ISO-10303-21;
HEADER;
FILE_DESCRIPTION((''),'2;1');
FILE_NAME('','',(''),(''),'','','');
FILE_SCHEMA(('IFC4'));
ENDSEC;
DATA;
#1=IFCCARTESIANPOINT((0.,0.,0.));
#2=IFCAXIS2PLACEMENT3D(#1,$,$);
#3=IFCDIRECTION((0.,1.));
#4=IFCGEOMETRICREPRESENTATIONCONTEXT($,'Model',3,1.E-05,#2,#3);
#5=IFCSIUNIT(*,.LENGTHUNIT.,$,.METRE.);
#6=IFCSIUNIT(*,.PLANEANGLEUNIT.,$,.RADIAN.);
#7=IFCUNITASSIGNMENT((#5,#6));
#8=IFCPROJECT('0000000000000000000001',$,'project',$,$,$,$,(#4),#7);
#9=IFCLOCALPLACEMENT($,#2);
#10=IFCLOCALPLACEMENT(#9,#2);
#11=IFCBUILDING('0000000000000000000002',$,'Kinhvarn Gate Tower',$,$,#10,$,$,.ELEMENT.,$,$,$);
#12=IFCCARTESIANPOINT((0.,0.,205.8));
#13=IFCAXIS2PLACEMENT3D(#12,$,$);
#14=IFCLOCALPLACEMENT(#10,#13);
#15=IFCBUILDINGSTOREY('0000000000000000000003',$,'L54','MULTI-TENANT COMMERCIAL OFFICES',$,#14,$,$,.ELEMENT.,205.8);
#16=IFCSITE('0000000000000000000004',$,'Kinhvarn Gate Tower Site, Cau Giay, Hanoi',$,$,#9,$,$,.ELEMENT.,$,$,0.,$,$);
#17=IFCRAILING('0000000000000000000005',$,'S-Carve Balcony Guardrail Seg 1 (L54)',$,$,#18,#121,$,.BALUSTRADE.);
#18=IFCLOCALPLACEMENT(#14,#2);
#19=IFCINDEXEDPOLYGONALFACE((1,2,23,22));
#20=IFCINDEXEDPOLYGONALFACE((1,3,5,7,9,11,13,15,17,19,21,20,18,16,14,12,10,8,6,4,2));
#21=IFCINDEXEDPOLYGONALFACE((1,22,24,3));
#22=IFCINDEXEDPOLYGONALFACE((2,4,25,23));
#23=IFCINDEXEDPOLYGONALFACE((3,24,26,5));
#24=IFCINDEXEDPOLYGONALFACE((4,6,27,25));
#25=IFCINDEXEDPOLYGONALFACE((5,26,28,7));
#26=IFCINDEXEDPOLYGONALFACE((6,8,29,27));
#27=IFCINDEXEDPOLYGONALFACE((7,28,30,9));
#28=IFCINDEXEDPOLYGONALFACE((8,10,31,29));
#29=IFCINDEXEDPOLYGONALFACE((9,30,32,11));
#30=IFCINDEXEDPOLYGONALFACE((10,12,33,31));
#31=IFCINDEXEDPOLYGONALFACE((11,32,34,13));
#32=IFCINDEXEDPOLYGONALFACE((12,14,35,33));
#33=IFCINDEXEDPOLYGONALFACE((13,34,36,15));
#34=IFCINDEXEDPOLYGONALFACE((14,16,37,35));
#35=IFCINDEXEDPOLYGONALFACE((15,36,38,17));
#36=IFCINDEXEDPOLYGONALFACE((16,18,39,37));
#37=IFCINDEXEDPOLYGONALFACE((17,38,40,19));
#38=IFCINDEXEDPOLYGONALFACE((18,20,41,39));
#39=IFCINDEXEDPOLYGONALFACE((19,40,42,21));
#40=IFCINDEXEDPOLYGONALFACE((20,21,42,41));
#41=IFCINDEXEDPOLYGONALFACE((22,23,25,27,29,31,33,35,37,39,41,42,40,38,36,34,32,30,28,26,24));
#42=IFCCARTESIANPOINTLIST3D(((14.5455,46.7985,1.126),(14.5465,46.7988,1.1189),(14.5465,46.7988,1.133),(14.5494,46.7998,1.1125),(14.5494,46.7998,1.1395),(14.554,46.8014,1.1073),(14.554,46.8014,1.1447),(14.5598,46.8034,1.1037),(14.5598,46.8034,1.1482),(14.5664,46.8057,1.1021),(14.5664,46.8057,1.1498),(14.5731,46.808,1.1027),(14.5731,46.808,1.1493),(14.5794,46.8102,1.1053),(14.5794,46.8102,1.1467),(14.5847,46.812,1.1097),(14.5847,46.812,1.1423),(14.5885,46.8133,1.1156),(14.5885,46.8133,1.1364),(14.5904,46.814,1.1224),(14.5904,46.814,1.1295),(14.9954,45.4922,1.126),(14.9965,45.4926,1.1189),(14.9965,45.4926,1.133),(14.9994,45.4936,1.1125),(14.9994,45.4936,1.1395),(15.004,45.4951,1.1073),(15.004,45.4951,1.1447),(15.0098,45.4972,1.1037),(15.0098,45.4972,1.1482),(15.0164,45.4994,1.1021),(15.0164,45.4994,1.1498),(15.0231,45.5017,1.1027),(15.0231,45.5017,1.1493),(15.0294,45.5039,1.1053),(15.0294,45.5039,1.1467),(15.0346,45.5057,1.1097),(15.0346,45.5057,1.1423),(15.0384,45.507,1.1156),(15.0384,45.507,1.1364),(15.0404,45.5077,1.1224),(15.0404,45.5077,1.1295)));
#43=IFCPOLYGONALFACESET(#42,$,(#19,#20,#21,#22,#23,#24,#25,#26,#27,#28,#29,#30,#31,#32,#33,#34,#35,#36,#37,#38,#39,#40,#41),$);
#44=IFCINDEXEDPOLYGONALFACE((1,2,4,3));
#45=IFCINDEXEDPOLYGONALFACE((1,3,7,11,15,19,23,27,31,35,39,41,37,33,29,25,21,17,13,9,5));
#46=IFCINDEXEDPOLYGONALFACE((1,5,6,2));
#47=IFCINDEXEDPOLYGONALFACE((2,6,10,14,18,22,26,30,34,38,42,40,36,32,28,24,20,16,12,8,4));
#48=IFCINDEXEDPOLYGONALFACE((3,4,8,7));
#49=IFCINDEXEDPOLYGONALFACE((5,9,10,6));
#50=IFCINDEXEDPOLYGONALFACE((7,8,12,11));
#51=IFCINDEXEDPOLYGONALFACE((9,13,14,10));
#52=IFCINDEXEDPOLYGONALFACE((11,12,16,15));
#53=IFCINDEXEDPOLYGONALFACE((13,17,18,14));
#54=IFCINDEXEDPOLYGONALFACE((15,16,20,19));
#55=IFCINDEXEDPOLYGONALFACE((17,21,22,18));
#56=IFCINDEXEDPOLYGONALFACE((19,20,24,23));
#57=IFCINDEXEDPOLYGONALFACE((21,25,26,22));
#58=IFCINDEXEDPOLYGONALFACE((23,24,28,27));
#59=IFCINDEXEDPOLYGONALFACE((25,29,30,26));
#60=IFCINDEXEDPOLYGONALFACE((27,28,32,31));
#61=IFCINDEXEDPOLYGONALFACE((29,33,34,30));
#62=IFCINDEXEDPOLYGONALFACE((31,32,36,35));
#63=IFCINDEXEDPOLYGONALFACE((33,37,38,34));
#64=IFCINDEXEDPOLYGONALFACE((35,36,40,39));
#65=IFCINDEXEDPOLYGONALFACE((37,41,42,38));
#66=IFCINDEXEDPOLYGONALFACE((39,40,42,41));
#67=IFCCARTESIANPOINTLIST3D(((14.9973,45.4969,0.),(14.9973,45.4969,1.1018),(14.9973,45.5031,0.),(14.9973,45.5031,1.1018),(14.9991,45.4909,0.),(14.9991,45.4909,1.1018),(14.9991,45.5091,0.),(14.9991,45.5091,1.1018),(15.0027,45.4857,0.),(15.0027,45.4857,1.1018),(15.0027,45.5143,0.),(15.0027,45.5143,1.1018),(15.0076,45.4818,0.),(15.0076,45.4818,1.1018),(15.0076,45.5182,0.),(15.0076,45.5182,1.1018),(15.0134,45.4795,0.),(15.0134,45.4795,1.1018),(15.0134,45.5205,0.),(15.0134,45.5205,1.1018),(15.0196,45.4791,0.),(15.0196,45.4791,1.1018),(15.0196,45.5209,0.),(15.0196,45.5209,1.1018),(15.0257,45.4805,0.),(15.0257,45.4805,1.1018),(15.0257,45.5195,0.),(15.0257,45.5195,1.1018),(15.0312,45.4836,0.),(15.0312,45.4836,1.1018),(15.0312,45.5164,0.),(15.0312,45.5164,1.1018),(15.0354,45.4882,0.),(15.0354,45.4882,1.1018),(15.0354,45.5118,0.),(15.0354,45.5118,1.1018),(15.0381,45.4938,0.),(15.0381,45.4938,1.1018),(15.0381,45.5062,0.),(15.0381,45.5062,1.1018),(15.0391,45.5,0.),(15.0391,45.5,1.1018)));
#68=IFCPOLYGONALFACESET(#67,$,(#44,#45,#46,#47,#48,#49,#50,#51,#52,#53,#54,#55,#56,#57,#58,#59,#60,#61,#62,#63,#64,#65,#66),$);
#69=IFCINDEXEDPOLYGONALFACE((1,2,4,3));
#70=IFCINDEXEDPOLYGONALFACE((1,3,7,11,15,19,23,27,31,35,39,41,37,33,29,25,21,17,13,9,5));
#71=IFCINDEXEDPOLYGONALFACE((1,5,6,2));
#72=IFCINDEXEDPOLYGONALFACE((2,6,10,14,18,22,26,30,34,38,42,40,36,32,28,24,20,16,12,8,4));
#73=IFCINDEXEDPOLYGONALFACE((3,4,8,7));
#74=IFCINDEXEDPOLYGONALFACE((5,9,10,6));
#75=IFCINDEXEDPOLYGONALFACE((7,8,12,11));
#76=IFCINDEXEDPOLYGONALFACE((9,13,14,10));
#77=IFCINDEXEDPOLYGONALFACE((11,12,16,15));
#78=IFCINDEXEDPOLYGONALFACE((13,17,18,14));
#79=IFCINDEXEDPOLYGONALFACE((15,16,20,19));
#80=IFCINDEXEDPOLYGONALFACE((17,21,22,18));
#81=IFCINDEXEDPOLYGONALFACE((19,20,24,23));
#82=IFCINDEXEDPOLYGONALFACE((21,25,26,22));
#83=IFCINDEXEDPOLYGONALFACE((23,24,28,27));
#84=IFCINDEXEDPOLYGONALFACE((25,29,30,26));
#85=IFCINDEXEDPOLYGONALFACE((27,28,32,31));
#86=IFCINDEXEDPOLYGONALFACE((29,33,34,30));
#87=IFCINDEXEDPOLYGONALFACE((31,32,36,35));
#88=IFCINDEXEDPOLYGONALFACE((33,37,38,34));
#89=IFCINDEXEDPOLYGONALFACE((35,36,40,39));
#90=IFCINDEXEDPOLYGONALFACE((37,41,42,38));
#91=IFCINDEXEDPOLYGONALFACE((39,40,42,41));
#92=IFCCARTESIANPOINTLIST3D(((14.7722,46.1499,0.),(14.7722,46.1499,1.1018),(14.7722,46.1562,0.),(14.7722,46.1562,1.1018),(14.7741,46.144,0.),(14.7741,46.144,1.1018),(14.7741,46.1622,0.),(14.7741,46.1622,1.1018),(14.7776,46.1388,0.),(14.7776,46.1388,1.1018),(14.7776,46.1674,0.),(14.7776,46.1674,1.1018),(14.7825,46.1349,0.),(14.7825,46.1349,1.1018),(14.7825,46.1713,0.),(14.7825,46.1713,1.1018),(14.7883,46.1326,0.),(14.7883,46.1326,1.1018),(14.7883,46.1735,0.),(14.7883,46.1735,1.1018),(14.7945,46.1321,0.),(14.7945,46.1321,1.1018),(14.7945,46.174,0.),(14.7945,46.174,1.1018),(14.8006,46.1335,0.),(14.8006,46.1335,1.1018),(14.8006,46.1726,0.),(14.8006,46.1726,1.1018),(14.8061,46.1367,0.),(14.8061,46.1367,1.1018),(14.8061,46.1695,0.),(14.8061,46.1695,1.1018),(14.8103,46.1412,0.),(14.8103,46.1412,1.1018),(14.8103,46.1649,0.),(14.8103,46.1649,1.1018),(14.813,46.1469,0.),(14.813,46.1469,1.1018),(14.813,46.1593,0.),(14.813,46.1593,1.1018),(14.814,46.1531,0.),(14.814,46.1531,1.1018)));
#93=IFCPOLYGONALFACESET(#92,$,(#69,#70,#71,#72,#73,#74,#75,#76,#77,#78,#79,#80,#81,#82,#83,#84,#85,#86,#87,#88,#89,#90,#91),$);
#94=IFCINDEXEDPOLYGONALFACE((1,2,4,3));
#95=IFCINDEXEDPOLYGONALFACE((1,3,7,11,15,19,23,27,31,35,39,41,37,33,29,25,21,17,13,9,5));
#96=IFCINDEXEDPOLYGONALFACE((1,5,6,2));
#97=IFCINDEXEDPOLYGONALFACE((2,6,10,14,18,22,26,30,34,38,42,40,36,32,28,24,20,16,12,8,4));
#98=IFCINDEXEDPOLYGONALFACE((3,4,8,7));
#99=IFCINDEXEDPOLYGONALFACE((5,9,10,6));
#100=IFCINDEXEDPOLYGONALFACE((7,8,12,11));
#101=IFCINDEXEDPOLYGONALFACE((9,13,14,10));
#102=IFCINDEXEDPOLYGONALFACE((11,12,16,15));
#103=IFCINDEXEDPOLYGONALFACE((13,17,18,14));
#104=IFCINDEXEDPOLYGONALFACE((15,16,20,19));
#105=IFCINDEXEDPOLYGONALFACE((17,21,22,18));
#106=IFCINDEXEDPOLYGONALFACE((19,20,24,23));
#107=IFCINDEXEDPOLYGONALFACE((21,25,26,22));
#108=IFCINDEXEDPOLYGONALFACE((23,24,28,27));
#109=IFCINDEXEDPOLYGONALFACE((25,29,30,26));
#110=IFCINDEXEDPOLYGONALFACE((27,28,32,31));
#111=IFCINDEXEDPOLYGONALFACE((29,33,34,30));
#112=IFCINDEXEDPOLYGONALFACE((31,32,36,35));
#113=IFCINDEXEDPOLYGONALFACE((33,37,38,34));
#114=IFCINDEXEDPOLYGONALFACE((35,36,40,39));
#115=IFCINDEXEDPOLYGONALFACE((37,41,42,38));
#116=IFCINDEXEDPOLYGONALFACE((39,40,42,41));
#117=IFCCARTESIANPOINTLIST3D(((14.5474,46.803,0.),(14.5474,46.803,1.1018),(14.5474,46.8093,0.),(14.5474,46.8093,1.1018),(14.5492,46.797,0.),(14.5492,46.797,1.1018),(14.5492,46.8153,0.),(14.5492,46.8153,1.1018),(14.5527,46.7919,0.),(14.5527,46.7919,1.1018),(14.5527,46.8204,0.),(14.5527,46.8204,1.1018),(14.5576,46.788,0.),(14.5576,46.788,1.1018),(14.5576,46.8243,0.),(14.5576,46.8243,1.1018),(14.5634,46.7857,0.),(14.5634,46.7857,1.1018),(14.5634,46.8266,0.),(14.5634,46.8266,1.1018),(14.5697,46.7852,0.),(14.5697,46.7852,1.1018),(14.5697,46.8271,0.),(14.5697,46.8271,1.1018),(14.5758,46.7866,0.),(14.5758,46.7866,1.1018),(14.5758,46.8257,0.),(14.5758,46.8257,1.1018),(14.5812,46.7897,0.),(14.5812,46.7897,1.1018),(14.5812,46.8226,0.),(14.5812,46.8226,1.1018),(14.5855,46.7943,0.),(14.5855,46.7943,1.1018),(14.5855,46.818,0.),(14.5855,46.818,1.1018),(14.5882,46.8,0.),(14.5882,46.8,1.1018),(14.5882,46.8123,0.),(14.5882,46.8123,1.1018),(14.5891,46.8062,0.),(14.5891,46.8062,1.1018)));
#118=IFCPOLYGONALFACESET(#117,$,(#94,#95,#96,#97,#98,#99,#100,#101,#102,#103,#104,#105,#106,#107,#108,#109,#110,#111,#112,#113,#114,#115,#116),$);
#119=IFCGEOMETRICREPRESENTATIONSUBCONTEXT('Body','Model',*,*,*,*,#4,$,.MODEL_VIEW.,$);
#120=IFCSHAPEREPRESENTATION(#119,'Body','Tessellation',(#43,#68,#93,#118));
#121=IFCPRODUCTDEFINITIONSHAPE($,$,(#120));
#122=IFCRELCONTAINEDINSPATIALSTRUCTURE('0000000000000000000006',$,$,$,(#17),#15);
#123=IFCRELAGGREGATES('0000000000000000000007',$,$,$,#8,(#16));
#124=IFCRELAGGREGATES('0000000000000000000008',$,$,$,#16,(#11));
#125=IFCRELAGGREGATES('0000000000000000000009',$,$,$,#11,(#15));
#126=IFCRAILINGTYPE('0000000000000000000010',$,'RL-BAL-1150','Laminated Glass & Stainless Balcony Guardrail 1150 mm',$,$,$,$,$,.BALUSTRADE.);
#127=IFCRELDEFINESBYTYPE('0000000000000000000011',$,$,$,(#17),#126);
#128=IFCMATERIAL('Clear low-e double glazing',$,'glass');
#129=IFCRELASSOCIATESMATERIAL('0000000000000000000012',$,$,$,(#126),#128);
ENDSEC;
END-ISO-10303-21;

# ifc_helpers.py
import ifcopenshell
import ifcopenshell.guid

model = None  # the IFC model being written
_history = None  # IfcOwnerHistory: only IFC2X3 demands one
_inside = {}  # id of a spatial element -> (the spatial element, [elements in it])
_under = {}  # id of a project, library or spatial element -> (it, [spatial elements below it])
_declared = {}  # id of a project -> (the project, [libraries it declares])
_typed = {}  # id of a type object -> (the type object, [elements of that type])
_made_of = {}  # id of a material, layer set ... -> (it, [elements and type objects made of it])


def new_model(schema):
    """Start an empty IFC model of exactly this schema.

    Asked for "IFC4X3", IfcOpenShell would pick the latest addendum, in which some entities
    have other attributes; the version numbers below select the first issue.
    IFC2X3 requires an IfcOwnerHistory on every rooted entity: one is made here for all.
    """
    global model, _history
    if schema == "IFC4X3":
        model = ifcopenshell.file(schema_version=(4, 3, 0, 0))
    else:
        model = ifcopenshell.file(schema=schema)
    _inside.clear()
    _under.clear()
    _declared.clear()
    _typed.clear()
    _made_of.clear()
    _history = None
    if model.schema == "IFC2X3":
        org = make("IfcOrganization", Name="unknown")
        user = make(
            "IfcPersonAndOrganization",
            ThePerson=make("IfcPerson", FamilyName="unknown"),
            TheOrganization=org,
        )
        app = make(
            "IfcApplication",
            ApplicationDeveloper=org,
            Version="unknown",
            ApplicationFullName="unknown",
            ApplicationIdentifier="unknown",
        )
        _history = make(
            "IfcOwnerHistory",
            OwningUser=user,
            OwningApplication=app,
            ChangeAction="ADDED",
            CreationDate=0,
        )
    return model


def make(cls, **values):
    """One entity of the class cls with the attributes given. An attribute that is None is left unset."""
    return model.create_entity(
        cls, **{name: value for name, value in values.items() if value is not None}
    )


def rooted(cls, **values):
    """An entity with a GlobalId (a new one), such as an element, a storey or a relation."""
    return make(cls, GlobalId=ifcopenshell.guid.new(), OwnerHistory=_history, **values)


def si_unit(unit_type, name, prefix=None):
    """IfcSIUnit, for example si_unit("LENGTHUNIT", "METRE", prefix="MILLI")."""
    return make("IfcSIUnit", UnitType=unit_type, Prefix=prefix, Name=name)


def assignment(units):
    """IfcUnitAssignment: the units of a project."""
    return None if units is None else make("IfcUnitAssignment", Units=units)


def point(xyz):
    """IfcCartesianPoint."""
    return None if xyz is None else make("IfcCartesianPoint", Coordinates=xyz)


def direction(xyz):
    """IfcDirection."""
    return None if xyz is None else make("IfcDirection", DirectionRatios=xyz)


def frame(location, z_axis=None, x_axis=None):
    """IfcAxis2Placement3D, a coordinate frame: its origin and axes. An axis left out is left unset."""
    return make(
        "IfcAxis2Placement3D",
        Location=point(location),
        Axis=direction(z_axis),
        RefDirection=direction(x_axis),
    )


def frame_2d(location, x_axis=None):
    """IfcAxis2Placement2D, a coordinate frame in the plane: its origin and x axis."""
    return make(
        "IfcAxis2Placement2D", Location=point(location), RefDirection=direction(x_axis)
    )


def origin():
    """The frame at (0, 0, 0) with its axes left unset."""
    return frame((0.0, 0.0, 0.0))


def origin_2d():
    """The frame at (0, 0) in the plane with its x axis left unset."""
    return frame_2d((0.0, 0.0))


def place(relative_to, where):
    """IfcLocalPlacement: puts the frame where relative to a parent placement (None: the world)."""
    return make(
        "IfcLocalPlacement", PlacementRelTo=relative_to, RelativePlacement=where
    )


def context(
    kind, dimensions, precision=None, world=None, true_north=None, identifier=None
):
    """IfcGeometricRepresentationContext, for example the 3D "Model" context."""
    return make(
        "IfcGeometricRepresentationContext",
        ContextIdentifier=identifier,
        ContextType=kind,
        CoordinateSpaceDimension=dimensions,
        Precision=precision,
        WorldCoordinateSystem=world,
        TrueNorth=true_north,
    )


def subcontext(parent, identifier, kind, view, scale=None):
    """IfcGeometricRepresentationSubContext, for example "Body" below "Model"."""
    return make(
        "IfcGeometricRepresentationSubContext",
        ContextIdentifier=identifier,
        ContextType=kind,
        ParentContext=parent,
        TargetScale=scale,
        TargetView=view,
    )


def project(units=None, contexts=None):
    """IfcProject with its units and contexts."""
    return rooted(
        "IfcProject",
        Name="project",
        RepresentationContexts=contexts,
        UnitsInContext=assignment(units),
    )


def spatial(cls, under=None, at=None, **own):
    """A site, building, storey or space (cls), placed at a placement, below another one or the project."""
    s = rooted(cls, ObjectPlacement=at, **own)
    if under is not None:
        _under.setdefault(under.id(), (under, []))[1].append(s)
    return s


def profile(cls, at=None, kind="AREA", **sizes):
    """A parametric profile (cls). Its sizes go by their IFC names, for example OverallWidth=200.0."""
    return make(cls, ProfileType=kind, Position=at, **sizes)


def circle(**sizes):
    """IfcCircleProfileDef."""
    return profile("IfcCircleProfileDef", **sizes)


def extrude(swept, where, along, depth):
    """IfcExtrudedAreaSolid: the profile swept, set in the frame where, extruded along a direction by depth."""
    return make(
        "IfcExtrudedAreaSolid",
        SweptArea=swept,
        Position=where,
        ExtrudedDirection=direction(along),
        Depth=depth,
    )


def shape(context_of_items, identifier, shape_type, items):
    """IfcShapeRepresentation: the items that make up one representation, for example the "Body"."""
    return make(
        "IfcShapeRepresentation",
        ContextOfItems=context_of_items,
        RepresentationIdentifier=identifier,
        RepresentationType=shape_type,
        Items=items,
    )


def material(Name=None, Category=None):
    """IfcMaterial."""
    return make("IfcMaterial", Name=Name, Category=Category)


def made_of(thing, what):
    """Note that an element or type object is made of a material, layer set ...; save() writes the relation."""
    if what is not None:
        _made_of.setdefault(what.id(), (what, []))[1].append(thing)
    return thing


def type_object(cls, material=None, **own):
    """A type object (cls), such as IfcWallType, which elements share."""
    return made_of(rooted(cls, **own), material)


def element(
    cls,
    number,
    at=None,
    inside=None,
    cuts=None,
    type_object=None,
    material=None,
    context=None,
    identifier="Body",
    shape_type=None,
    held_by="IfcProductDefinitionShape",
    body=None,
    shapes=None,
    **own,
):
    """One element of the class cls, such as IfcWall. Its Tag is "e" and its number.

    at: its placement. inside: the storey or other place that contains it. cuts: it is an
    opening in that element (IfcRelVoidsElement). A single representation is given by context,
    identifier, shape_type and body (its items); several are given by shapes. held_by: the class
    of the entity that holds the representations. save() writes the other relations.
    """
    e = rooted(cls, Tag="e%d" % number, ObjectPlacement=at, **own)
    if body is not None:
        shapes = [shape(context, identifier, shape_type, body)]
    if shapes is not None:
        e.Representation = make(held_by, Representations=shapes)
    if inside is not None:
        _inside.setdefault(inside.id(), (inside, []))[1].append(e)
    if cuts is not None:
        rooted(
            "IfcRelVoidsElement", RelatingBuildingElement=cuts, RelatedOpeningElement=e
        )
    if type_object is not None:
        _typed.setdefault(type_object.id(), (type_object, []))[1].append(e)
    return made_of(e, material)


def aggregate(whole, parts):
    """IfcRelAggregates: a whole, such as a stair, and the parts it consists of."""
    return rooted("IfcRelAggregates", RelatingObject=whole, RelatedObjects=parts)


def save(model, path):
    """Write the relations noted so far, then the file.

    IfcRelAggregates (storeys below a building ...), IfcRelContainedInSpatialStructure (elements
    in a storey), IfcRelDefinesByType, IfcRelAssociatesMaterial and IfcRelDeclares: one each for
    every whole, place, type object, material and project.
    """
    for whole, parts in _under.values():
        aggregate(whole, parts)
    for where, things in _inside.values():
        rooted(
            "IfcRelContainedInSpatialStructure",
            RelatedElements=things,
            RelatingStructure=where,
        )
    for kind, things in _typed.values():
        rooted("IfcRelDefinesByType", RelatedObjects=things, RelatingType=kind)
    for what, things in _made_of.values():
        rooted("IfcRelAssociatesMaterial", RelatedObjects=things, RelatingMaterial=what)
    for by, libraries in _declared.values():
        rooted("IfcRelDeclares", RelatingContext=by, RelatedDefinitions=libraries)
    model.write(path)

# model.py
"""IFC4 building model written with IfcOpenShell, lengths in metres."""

from ifc_helpers import new_model, si_unit, direction, frame, origin, origin_2d, place, context, subcontext, project, spatial, circle, extrude, material, type_object, element, save


model = new_model("IFC4")

# Units and contexts
model_context = context("Model", 3, precision=1e-05, world=origin(), true_north=direction((0.0, 1.0)))
body_context = subcontext(model_context, "Body", "Model", "MODEL_VIEW")
ifc_project = project(units=[si_unit("LENGTHUNIT", "METRE"), si_unit("PLANEANGLEUNIT", "RADIAN")], contexts=[model_context])

# Site, building, storey
site_placement = place(None, origin())
site = spatial("IfcSite", under=ifc_project, at=site_placement, Name="Kinhvarn Gate Tower Site, Cau Giay, Hanoi", CompositionType="ELEMENT", RefElevation=0.0)
building_placement = place(site_placement, origin())
building = spatial("IfcBuilding", under=site, at=building_placement, Name="Kinhvarn Gate Tower", CompositionType="ELEMENT")
storey_placement = place(building_placement, frame((0.0, 0.0, 205.8)))
storey = spatial("IfcBuildingStorey", under=building, at=storey_placement, Name="L54", Description="MULTI-TENANT COMMERCIAL OFFICES", CompositionType="ELEMENT", Elevation=205.8)

# Shared definitions
ifc_material_1 = material(Name="Clear low-e double glazing", Category="glass")

# Railing
railing_type_1 = type_object("IfcRailingType", Name="RL-BAL-1150", Description="Laminated Glass & Stainless Balcony Guardrail 1150 mm", PredefinedType="BALUSTRADE", material=ifc_material_1)
railing_1_placement = place(storey_placement, frame((15.0181, 45.5, 0.0)))
element("IfcRailing", 1, at=railing_1_placement, inside=storey, type_object=railing_type_1, Name="S-Carve Balcony Guardrail Seg 1 (L54)", PredefinedType="BALUSTRADE", context=body_context, shape_type="SweptSolid", body=[
    extrude(circle(Radius=0.0239, at=origin_2d()), frame((0.0, 0.0, 1.126), z_axis=(-0.325702, 0.945472, 0.0), x_axis=(-0.945472, -0.325702, 0.0)), (0.0, 0.0, 1.0), 1.3816),
    extrude(circle(Radius=0.021, at=origin_2d()), origin(), (0.0, 0.0, 1.0), 1.1018),
    extrude(circle(Radius=0.021, at=origin_2d()), frame((-0.2251, 0.6531, 0.0)), (0.0, 0.0, 1.0), 1.1018),
    extrude(circle(Radius=0.021, at=origin_2d()), frame((-0.45, 1.3062, 0.0)), (0.0, 0.0, 1.0), 1.1018),
])

save(model, "model.ifc")
